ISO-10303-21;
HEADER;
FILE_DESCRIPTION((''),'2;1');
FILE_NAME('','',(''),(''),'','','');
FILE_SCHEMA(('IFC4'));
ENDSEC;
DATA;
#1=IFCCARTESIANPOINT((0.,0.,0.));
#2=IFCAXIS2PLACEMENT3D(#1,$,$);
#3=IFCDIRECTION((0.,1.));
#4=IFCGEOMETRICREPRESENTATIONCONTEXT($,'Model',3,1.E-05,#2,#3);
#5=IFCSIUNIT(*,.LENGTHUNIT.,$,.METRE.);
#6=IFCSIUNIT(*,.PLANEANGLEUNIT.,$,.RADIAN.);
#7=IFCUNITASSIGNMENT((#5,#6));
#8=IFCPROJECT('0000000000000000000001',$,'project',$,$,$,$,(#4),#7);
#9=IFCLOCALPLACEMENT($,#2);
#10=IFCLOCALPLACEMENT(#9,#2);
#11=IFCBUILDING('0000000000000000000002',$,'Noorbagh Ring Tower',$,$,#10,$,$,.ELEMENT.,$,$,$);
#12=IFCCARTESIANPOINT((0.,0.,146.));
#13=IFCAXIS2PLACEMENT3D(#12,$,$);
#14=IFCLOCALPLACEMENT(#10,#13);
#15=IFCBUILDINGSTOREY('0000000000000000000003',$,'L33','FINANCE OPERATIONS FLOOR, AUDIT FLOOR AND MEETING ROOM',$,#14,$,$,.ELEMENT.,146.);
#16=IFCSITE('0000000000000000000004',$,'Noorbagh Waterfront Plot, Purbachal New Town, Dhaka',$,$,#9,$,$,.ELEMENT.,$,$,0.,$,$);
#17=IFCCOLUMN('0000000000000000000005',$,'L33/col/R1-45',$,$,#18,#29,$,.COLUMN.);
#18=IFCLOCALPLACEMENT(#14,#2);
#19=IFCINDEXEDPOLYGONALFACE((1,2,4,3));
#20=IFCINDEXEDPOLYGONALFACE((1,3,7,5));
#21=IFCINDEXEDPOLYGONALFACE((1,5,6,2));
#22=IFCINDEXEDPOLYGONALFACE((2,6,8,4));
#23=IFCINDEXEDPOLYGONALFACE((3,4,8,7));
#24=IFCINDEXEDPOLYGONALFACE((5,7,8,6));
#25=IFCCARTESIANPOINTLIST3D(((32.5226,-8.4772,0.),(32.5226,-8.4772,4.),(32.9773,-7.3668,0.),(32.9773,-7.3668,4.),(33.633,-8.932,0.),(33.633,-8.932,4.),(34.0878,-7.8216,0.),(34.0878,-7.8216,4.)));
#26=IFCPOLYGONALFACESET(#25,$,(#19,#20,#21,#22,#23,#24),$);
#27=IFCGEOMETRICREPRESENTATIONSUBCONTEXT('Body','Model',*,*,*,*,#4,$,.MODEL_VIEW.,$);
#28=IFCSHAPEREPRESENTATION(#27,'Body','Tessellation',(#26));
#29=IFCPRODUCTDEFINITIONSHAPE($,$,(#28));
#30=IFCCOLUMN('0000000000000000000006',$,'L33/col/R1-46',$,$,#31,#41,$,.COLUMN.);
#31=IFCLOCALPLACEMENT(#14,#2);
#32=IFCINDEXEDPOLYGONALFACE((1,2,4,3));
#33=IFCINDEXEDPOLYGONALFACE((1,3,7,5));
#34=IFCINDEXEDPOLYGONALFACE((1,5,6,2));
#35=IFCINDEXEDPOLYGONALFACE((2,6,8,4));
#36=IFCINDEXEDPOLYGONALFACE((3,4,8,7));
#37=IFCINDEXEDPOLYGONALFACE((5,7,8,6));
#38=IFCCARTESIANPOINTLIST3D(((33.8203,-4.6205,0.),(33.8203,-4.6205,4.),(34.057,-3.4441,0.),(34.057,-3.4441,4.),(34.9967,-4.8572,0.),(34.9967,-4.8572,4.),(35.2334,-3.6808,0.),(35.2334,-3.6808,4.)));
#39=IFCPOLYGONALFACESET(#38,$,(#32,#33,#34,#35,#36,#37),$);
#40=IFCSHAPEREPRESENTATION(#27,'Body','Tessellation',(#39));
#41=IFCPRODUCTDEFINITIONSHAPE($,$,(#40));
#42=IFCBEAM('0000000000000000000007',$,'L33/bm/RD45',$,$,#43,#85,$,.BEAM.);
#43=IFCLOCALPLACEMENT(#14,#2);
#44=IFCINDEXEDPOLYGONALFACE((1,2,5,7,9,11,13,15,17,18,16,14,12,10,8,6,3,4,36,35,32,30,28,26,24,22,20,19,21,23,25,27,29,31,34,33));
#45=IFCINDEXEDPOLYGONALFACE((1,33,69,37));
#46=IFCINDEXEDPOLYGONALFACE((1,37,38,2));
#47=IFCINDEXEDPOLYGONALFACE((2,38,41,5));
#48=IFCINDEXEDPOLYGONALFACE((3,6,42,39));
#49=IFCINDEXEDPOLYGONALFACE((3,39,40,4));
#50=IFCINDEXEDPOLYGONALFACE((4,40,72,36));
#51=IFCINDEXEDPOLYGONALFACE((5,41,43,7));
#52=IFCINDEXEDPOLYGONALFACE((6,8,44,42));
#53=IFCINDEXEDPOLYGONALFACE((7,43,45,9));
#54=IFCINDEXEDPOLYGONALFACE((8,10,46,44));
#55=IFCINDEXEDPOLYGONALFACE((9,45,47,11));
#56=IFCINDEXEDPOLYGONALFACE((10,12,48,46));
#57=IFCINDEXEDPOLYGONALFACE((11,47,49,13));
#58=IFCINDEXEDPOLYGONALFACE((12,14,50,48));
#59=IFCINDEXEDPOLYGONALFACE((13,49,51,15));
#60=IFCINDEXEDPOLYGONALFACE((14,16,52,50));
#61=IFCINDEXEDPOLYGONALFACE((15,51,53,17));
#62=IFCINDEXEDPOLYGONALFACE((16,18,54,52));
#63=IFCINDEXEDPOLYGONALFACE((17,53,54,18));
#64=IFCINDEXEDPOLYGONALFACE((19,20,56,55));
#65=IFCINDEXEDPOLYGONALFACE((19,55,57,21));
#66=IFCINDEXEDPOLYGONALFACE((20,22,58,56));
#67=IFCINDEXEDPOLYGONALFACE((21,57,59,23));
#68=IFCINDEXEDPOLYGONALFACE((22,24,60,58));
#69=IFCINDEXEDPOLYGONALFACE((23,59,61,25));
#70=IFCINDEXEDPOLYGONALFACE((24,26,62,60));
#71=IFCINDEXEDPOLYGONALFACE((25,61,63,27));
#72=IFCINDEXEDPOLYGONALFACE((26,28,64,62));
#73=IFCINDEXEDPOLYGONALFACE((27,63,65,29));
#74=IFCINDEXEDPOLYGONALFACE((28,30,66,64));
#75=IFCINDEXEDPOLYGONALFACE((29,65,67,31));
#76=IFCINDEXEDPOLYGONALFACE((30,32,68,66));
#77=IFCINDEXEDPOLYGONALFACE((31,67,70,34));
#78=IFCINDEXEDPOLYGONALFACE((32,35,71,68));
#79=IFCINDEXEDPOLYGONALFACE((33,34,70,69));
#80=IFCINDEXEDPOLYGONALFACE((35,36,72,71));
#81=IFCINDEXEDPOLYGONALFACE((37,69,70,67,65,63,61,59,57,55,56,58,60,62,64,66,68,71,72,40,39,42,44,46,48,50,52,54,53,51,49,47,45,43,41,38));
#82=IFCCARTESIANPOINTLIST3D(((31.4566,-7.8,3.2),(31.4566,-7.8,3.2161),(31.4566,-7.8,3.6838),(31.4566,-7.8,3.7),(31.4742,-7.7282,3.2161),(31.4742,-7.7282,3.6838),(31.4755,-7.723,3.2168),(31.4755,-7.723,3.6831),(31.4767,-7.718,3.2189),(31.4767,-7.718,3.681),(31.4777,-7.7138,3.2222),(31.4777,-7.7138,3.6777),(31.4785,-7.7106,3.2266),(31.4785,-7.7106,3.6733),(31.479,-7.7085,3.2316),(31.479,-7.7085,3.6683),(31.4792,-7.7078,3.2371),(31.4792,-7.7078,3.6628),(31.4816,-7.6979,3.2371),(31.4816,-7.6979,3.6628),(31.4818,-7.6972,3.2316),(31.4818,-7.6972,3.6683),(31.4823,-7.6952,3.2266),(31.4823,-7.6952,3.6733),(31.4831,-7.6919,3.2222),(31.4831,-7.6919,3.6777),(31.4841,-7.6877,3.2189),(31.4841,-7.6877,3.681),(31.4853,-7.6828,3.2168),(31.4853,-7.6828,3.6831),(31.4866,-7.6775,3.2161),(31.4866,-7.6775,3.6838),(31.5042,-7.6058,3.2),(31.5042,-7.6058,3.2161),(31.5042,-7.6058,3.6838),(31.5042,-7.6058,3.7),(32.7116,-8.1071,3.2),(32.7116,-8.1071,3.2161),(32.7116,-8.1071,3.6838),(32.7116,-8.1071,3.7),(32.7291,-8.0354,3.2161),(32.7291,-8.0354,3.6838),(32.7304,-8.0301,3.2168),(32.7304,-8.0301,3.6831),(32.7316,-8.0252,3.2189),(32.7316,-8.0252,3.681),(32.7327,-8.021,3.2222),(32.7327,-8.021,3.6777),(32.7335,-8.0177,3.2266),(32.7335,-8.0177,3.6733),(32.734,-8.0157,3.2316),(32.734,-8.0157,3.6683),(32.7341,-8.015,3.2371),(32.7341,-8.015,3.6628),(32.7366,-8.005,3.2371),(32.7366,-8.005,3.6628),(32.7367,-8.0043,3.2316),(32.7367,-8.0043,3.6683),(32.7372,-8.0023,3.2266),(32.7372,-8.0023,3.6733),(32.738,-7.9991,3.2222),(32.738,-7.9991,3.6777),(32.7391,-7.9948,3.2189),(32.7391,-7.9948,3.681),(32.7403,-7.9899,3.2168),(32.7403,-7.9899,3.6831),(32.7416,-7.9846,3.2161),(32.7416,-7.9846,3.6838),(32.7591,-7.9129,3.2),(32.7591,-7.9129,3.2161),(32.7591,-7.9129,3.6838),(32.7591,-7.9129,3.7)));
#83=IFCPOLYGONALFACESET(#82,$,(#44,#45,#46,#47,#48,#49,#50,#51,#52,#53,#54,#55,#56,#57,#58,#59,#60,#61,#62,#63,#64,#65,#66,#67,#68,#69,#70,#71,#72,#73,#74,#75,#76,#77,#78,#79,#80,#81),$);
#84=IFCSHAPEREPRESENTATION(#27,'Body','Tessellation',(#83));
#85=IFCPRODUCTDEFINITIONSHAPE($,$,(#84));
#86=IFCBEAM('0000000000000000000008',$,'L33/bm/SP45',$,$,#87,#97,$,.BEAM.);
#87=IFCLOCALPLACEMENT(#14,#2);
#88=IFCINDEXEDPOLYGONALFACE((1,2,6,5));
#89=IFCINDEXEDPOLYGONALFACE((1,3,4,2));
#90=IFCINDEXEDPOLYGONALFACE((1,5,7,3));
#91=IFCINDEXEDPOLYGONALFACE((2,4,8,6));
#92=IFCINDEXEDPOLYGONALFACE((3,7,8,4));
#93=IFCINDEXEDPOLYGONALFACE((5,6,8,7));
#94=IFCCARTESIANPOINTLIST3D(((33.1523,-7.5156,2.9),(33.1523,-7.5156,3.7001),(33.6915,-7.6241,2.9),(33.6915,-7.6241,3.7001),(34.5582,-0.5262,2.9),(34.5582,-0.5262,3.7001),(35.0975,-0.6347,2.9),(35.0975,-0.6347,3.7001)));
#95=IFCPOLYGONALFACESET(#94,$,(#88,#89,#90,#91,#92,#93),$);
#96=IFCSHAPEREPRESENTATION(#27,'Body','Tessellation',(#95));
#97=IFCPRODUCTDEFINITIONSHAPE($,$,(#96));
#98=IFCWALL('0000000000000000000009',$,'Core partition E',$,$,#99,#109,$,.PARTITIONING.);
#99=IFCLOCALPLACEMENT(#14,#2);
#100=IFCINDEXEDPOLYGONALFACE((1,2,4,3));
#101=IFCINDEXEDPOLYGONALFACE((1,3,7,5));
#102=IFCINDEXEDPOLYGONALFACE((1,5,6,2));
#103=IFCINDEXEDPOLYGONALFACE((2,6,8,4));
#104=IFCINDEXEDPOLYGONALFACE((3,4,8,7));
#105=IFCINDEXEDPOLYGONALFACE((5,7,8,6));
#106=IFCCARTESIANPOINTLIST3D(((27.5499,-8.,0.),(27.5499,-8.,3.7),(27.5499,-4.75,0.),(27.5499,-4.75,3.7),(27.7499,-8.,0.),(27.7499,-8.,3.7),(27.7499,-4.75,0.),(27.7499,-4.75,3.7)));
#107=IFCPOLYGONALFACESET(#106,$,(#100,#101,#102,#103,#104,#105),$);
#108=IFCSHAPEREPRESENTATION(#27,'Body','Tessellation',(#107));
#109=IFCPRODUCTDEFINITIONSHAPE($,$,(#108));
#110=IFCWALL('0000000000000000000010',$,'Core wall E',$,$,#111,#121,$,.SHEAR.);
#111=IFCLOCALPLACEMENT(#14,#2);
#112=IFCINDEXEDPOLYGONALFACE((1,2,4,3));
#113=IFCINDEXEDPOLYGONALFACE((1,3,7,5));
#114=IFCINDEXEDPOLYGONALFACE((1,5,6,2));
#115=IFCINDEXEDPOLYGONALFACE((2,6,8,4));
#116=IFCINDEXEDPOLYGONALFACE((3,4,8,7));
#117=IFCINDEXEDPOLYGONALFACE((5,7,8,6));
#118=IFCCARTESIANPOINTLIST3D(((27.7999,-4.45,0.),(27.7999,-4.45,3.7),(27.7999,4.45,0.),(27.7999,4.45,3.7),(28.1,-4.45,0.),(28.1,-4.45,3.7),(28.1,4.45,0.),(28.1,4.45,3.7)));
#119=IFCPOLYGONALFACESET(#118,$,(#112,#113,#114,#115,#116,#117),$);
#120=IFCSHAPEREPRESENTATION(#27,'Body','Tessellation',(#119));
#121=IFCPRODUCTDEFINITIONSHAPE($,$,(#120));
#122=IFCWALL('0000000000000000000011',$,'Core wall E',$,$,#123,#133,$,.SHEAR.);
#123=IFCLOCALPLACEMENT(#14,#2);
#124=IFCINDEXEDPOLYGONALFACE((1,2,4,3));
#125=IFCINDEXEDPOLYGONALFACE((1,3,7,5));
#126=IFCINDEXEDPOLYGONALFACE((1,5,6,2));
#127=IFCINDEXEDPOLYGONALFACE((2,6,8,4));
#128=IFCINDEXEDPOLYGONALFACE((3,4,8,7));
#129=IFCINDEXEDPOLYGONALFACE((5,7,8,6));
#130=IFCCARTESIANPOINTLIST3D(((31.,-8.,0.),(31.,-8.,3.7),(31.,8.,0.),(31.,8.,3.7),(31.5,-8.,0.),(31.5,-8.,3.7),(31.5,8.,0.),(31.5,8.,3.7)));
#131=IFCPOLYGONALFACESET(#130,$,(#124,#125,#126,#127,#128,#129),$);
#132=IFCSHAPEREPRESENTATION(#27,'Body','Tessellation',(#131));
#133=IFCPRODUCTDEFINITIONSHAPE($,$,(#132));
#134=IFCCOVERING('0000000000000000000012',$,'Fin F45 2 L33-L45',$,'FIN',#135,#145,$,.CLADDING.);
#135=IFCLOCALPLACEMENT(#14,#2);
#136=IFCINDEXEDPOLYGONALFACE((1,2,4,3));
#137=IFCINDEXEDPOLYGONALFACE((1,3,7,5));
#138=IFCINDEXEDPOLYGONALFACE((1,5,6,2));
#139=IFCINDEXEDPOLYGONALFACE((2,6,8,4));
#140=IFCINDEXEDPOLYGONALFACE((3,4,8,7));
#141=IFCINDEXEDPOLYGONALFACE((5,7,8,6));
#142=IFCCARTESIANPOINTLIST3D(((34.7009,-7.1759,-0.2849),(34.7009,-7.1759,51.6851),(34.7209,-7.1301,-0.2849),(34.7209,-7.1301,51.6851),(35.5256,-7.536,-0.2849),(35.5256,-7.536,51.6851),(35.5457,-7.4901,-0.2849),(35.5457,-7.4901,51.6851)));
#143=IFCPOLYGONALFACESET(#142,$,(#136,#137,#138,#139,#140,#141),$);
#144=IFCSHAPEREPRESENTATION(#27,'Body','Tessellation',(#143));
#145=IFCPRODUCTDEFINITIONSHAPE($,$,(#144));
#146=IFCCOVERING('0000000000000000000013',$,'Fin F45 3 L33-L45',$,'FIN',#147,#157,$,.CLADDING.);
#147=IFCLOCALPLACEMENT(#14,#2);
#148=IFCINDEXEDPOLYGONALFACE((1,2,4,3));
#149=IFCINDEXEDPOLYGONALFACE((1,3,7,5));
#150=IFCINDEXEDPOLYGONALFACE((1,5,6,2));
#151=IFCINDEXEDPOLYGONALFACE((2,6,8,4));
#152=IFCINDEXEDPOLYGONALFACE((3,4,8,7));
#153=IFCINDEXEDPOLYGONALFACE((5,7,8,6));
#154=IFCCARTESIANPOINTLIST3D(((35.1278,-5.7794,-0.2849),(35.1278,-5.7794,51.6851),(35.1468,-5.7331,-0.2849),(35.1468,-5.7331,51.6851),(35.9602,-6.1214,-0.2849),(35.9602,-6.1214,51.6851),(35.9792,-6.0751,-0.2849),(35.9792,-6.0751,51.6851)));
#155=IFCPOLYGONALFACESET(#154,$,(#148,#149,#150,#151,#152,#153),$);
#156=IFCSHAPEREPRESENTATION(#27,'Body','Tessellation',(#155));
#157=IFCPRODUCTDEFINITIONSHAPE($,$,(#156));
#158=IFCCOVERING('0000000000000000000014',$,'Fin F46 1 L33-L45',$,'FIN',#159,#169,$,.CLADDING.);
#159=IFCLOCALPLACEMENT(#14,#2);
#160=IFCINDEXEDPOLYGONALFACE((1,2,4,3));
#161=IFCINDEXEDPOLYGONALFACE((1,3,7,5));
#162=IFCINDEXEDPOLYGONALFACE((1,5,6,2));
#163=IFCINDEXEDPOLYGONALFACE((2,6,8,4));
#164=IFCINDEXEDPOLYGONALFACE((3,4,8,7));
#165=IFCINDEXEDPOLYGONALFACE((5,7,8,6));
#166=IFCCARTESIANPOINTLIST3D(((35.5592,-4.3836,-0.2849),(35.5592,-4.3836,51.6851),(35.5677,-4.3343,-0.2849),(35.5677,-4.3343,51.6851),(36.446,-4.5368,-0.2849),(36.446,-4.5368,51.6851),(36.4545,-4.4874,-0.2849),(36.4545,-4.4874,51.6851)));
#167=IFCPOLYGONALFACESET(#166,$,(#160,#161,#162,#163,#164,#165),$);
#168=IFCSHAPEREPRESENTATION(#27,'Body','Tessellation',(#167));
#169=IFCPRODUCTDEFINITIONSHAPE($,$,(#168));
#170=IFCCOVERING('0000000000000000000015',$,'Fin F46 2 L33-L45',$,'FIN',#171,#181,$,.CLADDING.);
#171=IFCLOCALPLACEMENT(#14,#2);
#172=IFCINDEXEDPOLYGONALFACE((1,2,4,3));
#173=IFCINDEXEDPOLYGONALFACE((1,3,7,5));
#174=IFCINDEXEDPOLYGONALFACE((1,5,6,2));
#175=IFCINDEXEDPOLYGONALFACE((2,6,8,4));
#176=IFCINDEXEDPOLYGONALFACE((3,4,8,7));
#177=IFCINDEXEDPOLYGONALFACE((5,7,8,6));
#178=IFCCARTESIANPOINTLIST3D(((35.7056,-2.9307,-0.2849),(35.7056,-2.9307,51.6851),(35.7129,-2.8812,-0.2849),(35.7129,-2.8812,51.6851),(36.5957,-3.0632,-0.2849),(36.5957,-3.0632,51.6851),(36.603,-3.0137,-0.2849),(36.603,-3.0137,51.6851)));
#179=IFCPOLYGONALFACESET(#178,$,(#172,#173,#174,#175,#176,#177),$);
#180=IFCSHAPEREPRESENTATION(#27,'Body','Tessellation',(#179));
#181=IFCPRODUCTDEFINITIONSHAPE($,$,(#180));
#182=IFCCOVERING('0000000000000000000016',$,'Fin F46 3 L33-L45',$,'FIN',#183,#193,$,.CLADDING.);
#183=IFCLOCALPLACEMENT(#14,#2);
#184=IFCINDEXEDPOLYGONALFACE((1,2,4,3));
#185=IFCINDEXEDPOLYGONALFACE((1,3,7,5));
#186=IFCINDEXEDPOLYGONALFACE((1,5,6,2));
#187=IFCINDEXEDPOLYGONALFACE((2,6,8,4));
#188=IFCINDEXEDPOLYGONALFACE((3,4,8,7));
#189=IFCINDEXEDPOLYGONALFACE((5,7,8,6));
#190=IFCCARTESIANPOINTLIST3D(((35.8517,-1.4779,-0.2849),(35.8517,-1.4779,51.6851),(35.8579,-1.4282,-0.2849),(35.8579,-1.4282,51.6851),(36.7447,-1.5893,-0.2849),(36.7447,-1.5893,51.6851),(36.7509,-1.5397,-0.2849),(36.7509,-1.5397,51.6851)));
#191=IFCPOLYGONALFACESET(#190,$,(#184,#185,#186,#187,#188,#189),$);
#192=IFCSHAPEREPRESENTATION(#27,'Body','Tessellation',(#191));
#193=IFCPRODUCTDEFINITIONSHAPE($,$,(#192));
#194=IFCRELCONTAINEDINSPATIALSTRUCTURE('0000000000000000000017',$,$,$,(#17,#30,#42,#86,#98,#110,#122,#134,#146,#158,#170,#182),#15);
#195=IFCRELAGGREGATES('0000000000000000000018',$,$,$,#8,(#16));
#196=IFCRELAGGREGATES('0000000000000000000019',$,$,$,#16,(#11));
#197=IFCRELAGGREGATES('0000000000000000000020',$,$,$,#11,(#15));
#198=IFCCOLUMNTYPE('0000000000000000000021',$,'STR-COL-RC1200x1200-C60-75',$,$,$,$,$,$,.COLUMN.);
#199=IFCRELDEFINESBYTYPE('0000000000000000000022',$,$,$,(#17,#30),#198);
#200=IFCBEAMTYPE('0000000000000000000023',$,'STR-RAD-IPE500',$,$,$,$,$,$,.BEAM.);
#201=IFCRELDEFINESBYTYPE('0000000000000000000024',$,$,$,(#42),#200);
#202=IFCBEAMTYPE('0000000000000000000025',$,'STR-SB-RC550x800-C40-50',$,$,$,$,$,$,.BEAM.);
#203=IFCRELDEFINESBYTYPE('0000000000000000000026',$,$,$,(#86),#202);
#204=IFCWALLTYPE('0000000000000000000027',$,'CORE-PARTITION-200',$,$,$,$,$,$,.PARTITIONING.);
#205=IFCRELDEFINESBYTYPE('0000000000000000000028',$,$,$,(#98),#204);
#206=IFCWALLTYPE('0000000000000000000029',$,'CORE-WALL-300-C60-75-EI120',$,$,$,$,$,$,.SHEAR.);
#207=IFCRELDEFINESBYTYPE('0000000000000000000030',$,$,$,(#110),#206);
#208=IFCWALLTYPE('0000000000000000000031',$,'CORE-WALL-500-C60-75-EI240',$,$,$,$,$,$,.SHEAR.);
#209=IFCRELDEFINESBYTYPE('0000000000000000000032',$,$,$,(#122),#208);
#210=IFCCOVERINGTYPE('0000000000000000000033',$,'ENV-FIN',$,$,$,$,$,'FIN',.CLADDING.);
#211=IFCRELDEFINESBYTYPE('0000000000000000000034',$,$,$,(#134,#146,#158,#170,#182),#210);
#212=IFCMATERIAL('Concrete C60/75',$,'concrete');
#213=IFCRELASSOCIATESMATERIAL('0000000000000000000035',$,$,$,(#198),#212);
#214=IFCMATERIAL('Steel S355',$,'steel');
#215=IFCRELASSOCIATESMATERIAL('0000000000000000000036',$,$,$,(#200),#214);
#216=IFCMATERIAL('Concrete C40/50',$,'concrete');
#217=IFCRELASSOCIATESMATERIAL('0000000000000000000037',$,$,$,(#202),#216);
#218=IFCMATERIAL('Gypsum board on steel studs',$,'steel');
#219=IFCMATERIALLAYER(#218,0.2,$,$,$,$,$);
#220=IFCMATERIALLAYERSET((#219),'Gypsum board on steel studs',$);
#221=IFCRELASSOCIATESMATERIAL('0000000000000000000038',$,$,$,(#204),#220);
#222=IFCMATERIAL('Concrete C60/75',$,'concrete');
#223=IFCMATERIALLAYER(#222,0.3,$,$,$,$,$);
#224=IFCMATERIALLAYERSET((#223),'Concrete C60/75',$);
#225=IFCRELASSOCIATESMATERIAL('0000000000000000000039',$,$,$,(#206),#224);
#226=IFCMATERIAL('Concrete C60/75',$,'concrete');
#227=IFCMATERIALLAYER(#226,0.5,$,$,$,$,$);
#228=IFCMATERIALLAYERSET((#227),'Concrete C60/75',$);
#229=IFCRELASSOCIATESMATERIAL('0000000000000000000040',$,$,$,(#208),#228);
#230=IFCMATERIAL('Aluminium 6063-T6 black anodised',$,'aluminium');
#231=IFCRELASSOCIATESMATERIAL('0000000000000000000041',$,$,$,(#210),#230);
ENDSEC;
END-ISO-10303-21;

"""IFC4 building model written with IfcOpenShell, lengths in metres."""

from ifc_helpers import new_model, si_unit, direction, frame, frame_2d, origin, origin_2d, place, context, subcontext, project, spatial, rectangle, i_section, extrude, material, layer, layer_set, material_profile, profile_set, type_object, element, save


model = new_model("IFC4")

# Units and contexts
model_context = context("Model", 3, precision=1e-05, world=origin(), true_north=direction((0.0, 1.0)))
body_context = subcontext(model_context, "Body", "Model", "MODEL_VIEW")
ifc_project = project(units=[si_unit("LENGTHUNIT", "METRE"), si_unit("PLANEANGLEUNIT", "RADIAN")], contexts=[model_context])

# Site, building, storey
site_placement = place(None, origin())
site = spatial("IfcSite", under=ifc_project, at=site_placement, Name="Noorbagh Waterfront Plot, Purbachal New Town, Dhaka", CompositionType="ELEMENT", RefElevation=0.0)
building_placement = place(site_placement, origin())
building = spatial("IfcBuilding", under=site, at=building_placement, Name="Noorbagh Ring Tower", CompositionType="ELEMENT")
storey_placement = place(building_placement, frame((0.0, 0.0, 146.0)))
storey = spatial("IfcBuildingStorey", under=building, at=storey_placement, Name="L33", Description="FINANCE OPERATIONS FLOOR, AUDIT FLOOR AND MEETING ROOM", CompositionType="ELEMENT", Elevation=146.0)

# Columns
ifc_material_1 = material(Name="Concrete C60/75", Category="concrete")
ifc_material_profile_1 = material_profile(ifc_material_1, rectangle(XDim=1.2, YDim=1.2, at=origin_2d()), Name="RC1200x1200")
ifc_profile_set_1 = profile_set([ifc_material_profile_1], Name="Concrete C60/75")
column_type = type_object("IfcColumnType", Name="STR-COL-RC1200x1200-C60-75", PredefinedType="COLUMN", material=ifc_profile_set_1)
for number, where, z_axis, x_axis, name in (
    (1, (33.3052, -8.1494, 0.0), (0.0, 0.0, 1.0), (0.378989, 0.925401, 0.0), "L33/col/R1-45"),
    (2, (34.5269, -4.1506, 0.0), (0.0, 0.0, 1.0), (0.19723, 0.980357, 0.0), "L33/col/R1-46"),
):
    element("IfcColumn", number, at=place(storey_placement, frame(where, z_axis=z_axis, x_axis=x_axis)), inside=storey, type_object=column_type, Name=name, PredefinedType="COLUMN", context=body_context, shape_type="SweptSolid", body=[
        extrude(rectangle(XDim=1.2, YDim=1.2, at=origin_2d()), origin(), (0.0, 0.0, 1.0), 4.0),
    ])

# Beams
ifc_material_2 = material(Name="Steel S355", Category="steel")
ifc_material_profile_2 = material_profile(ifc_material_2, i_section(OverallWidth=0.2, OverallDepth=0.5, WebThickness=0.0103, FlangeThickness=0.0161, FilletRadius=0.021, at=origin_2d()), Name="IPE500")
ifc_profile_set_2 = profile_set([ifc_material_profile_2], Name="Steel S355")
beam_type_1 = type_object("IfcBeamType", Name="STR-RAD-IPE500", PredefinedType="BEAM", material=ifc_profile_set_2)
beam_1_placement = place(storey_placement, frame((32.7354, -8.01, 3.45), z_axis=(-0.971331, 0.23773, 0.0), x_axis=(-0.23773, -0.971331, 0.0)))
element("IfcBeam", 3, at=beam_1_placement, inside=storey, type_object=beam_type_1, Name="L33/bm/RD45", PredefinedType="BEAM", context=body_context, shape_type="SweptSolid", body=[
    extrude(i_section(OverallWidth=0.2, OverallDepth=0.5, WebThickness=0.0103, FlangeThickness=0.0161, FilletRadius=0.021, at=origin_2d()), origin(), (0.0, 0.0, 1.0), 1.292),
])
ifc_material_3 = material(Name="Concrete C40/50", Category="concrete")
ifc_material_profile_3 = material_profile(ifc_material_3, rectangle(XDim=0.55, YDim=0.8, at=origin_2d()), Name="RC550x800")
ifc_profile_set_3 = profile_set([ifc_material_profile_3], Name="Concrete C40/50")
beam_type_2 = type_object("IfcBeamType", Name="STR-SB-RC550x800-C40-50", PredefinedType="BEAM", material=ifc_profile_set_3)
beam_2_placement = place(storey_placement, frame((33.4219, -7.5698, 3.3), z_axis=(0.197209, 0.980361, 0.0), x_axis=(-0.980361, 0.197209, 0.0)))
element("IfcBeam", 4, at=beam_2_placement, inside=storey, type_object=beam_type_2, Name="L33/bm/SP45", PredefinedType="BEAM", context=body_context, shape_type="SweptSolid", body=[
    extrude(rectangle(XDim=0.55, YDim=0.8, at=origin_2d()), origin(), (0.0, 0.0, 1.0), 7.1294),
])

# Walls
ifc_material_4 = material(Name="Gypsum board on steel studs", Category="steel")
ifc_layer_1 = layer(ifc_material_4, 0.2)
ifc_layer_set_1 = layer_set([ifc_layer_1], Name="Gypsum board on steel studs")
wall_type_1 = type_object("IfcWallType", Name="CORE-PARTITION-200", PredefinedType="PARTITIONING", material=ifc_layer_set_1)
wall_1_placement = place(storey_placement, frame((27.6499, -8.0, 0.0), z_axis=(0.0, 0.0, 1.0), x_axis=(0.0, 1.0, 0.0)))
element("IfcWall", 5, at=wall_1_placement, inside=storey, type_object=wall_type_1, Name="Core partition E", PredefinedType="PARTITIONING", context=body_context, shape_type="SweptSolid", body=[
    extrude(rectangle(XDim=3.25, YDim=0.2, at=frame_2d((1.625, 0.0))), origin(), (0.0, 0.0, 1.0), 3.7),
])
ifc_material_5 = material(Name="Concrete C60/75", Category="concrete")
ifc_layer_2 = layer(ifc_material_5, 0.3)
ifc_layer_set_2 = layer_set([ifc_layer_2], Name="Concrete C60/75")
wall_type_2 = type_object("IfcWallType", Name="CORE-WALL-300-C60-75-EI120", PredefinedType="SHEAR", material=ifc_layer_set_2)
wall_2_placement = place(storey_placement, frame((27.95, -4.45, 0.0), z_axis=(0.0, 0.0, 1.0), x_axis=(0.0, 1.0, 0.0)))
element("IfcWall", 6, at=wall_2_placement, inside=storey, type_object=wall_type_2, Name="Core wall E", PredefinedType="SHEAR", context=body_context, shape_type="SweptSolid", body=[
    extrude(rectangle(XDim=8.8999, YDim=0.3, at=frame_2d((4.45, 0.0))), origin(), (0.0, 0.0, 1.0), 3.7),
])
ifc_material_6 = material(Name="Concrete C60/75", Category="concrete")
ifc_layer_3 = layer(ifc_material_6, 0.5)
ifc_layer_set_3 = layer_set([ifc_layer_3], Name="Concrete C60/75")
wall_type_3 = type_object("IfcWallType", Name="CORE-WALL-500-C60-75-EI240", PredefinedType="SHEAR", material=ifc_layer_set_3)
wall_3_placement = place(storey_placement, frame((31.25, -8.0, 0.0), z_axis=(0.0, 0.0, 1.0), x_axis=(0.0, 1.0, 0.0)))
element("IfcWall", 7, at=wall_3_placement, inside=storey, type_object=wall_type_3, Name="Core wall E", PredefinedType="SHEAR", context=body_context, shape_type="SweptSolid", body=[
    extrude(rectangle(XDim=16.0, YDim=0.5, at=frame_2d((8.0, 0.0))), origin(), (0.0, 0.0, 1.0), 3.7),
])

# Coverings
ifc_material_7 = material(Name="Aluminium 6063-T6 black anodised", Category="aluminium")
ifc_material_profile_4 = material_profile(ifc_material_7, rectangle(XDim=0.8999, YDim=0.05, at=origin_2d()), Name="900x50")
ifc_profile_set_4 = profile_set([ifc_material_profile_4], Name="Aluminium 6063-T6 black anodised")
covering_type = type_object("IfcCoveringType", Name="ENV-FIN", ElementType="FIN", PredefinedType="CLADDING", material=ifc_profile_set_4)
for number, where, z_axis, x_axis, name in (
    (8, (35.1233, -7.333, -0.2849), (0.0, 0.0, 1.0), (0.916475, -0.400092, 0.0), "Fin F45 2 L33-L45"),
    (9, (35.5535, -5.9272, -0.2849), (0.0, 0.0, 1.0), (0.925001, -0.379965, 0.0), "Fin F45 3 L33-L45"),
    (10, (36.0068, -4.4355, -0.2849), (0.0, 0.0, 1.0), (0.985419, -0.170147, 0.0), "Fin F46 1 L33-L45"),
    (11, (36.1543, -2.9722, -0.2849), (0.0, 0.0, 1.0), (0.989103, -0.147226, 0.0), "Fin F46 2 L33-L45"),
    (12, (36.3013, -1.5088, -0.2849), (0.0, 0.0, 1.0), (0.992303, -0.123835, 0.0), "Fin F46 3 L33-L45"),
):
    element("IfcCovering", number, at=place(storey_placement, frame(where, z_axis=z_axis, x_axis=x_axis)), inside=storey, type_object=covering_type, Name=name, ObjectType="FIN", PredefinedType="CLADDING", context=body_context, shape_type="SweptSolid", body=[
        extrude(rectangle(XDim=0.8999, YDim=0.05, at=origin_2d()), origin(), (0.0, 0.0, 1.0), 51.97),
    ])

save(model, "model.ifc")
